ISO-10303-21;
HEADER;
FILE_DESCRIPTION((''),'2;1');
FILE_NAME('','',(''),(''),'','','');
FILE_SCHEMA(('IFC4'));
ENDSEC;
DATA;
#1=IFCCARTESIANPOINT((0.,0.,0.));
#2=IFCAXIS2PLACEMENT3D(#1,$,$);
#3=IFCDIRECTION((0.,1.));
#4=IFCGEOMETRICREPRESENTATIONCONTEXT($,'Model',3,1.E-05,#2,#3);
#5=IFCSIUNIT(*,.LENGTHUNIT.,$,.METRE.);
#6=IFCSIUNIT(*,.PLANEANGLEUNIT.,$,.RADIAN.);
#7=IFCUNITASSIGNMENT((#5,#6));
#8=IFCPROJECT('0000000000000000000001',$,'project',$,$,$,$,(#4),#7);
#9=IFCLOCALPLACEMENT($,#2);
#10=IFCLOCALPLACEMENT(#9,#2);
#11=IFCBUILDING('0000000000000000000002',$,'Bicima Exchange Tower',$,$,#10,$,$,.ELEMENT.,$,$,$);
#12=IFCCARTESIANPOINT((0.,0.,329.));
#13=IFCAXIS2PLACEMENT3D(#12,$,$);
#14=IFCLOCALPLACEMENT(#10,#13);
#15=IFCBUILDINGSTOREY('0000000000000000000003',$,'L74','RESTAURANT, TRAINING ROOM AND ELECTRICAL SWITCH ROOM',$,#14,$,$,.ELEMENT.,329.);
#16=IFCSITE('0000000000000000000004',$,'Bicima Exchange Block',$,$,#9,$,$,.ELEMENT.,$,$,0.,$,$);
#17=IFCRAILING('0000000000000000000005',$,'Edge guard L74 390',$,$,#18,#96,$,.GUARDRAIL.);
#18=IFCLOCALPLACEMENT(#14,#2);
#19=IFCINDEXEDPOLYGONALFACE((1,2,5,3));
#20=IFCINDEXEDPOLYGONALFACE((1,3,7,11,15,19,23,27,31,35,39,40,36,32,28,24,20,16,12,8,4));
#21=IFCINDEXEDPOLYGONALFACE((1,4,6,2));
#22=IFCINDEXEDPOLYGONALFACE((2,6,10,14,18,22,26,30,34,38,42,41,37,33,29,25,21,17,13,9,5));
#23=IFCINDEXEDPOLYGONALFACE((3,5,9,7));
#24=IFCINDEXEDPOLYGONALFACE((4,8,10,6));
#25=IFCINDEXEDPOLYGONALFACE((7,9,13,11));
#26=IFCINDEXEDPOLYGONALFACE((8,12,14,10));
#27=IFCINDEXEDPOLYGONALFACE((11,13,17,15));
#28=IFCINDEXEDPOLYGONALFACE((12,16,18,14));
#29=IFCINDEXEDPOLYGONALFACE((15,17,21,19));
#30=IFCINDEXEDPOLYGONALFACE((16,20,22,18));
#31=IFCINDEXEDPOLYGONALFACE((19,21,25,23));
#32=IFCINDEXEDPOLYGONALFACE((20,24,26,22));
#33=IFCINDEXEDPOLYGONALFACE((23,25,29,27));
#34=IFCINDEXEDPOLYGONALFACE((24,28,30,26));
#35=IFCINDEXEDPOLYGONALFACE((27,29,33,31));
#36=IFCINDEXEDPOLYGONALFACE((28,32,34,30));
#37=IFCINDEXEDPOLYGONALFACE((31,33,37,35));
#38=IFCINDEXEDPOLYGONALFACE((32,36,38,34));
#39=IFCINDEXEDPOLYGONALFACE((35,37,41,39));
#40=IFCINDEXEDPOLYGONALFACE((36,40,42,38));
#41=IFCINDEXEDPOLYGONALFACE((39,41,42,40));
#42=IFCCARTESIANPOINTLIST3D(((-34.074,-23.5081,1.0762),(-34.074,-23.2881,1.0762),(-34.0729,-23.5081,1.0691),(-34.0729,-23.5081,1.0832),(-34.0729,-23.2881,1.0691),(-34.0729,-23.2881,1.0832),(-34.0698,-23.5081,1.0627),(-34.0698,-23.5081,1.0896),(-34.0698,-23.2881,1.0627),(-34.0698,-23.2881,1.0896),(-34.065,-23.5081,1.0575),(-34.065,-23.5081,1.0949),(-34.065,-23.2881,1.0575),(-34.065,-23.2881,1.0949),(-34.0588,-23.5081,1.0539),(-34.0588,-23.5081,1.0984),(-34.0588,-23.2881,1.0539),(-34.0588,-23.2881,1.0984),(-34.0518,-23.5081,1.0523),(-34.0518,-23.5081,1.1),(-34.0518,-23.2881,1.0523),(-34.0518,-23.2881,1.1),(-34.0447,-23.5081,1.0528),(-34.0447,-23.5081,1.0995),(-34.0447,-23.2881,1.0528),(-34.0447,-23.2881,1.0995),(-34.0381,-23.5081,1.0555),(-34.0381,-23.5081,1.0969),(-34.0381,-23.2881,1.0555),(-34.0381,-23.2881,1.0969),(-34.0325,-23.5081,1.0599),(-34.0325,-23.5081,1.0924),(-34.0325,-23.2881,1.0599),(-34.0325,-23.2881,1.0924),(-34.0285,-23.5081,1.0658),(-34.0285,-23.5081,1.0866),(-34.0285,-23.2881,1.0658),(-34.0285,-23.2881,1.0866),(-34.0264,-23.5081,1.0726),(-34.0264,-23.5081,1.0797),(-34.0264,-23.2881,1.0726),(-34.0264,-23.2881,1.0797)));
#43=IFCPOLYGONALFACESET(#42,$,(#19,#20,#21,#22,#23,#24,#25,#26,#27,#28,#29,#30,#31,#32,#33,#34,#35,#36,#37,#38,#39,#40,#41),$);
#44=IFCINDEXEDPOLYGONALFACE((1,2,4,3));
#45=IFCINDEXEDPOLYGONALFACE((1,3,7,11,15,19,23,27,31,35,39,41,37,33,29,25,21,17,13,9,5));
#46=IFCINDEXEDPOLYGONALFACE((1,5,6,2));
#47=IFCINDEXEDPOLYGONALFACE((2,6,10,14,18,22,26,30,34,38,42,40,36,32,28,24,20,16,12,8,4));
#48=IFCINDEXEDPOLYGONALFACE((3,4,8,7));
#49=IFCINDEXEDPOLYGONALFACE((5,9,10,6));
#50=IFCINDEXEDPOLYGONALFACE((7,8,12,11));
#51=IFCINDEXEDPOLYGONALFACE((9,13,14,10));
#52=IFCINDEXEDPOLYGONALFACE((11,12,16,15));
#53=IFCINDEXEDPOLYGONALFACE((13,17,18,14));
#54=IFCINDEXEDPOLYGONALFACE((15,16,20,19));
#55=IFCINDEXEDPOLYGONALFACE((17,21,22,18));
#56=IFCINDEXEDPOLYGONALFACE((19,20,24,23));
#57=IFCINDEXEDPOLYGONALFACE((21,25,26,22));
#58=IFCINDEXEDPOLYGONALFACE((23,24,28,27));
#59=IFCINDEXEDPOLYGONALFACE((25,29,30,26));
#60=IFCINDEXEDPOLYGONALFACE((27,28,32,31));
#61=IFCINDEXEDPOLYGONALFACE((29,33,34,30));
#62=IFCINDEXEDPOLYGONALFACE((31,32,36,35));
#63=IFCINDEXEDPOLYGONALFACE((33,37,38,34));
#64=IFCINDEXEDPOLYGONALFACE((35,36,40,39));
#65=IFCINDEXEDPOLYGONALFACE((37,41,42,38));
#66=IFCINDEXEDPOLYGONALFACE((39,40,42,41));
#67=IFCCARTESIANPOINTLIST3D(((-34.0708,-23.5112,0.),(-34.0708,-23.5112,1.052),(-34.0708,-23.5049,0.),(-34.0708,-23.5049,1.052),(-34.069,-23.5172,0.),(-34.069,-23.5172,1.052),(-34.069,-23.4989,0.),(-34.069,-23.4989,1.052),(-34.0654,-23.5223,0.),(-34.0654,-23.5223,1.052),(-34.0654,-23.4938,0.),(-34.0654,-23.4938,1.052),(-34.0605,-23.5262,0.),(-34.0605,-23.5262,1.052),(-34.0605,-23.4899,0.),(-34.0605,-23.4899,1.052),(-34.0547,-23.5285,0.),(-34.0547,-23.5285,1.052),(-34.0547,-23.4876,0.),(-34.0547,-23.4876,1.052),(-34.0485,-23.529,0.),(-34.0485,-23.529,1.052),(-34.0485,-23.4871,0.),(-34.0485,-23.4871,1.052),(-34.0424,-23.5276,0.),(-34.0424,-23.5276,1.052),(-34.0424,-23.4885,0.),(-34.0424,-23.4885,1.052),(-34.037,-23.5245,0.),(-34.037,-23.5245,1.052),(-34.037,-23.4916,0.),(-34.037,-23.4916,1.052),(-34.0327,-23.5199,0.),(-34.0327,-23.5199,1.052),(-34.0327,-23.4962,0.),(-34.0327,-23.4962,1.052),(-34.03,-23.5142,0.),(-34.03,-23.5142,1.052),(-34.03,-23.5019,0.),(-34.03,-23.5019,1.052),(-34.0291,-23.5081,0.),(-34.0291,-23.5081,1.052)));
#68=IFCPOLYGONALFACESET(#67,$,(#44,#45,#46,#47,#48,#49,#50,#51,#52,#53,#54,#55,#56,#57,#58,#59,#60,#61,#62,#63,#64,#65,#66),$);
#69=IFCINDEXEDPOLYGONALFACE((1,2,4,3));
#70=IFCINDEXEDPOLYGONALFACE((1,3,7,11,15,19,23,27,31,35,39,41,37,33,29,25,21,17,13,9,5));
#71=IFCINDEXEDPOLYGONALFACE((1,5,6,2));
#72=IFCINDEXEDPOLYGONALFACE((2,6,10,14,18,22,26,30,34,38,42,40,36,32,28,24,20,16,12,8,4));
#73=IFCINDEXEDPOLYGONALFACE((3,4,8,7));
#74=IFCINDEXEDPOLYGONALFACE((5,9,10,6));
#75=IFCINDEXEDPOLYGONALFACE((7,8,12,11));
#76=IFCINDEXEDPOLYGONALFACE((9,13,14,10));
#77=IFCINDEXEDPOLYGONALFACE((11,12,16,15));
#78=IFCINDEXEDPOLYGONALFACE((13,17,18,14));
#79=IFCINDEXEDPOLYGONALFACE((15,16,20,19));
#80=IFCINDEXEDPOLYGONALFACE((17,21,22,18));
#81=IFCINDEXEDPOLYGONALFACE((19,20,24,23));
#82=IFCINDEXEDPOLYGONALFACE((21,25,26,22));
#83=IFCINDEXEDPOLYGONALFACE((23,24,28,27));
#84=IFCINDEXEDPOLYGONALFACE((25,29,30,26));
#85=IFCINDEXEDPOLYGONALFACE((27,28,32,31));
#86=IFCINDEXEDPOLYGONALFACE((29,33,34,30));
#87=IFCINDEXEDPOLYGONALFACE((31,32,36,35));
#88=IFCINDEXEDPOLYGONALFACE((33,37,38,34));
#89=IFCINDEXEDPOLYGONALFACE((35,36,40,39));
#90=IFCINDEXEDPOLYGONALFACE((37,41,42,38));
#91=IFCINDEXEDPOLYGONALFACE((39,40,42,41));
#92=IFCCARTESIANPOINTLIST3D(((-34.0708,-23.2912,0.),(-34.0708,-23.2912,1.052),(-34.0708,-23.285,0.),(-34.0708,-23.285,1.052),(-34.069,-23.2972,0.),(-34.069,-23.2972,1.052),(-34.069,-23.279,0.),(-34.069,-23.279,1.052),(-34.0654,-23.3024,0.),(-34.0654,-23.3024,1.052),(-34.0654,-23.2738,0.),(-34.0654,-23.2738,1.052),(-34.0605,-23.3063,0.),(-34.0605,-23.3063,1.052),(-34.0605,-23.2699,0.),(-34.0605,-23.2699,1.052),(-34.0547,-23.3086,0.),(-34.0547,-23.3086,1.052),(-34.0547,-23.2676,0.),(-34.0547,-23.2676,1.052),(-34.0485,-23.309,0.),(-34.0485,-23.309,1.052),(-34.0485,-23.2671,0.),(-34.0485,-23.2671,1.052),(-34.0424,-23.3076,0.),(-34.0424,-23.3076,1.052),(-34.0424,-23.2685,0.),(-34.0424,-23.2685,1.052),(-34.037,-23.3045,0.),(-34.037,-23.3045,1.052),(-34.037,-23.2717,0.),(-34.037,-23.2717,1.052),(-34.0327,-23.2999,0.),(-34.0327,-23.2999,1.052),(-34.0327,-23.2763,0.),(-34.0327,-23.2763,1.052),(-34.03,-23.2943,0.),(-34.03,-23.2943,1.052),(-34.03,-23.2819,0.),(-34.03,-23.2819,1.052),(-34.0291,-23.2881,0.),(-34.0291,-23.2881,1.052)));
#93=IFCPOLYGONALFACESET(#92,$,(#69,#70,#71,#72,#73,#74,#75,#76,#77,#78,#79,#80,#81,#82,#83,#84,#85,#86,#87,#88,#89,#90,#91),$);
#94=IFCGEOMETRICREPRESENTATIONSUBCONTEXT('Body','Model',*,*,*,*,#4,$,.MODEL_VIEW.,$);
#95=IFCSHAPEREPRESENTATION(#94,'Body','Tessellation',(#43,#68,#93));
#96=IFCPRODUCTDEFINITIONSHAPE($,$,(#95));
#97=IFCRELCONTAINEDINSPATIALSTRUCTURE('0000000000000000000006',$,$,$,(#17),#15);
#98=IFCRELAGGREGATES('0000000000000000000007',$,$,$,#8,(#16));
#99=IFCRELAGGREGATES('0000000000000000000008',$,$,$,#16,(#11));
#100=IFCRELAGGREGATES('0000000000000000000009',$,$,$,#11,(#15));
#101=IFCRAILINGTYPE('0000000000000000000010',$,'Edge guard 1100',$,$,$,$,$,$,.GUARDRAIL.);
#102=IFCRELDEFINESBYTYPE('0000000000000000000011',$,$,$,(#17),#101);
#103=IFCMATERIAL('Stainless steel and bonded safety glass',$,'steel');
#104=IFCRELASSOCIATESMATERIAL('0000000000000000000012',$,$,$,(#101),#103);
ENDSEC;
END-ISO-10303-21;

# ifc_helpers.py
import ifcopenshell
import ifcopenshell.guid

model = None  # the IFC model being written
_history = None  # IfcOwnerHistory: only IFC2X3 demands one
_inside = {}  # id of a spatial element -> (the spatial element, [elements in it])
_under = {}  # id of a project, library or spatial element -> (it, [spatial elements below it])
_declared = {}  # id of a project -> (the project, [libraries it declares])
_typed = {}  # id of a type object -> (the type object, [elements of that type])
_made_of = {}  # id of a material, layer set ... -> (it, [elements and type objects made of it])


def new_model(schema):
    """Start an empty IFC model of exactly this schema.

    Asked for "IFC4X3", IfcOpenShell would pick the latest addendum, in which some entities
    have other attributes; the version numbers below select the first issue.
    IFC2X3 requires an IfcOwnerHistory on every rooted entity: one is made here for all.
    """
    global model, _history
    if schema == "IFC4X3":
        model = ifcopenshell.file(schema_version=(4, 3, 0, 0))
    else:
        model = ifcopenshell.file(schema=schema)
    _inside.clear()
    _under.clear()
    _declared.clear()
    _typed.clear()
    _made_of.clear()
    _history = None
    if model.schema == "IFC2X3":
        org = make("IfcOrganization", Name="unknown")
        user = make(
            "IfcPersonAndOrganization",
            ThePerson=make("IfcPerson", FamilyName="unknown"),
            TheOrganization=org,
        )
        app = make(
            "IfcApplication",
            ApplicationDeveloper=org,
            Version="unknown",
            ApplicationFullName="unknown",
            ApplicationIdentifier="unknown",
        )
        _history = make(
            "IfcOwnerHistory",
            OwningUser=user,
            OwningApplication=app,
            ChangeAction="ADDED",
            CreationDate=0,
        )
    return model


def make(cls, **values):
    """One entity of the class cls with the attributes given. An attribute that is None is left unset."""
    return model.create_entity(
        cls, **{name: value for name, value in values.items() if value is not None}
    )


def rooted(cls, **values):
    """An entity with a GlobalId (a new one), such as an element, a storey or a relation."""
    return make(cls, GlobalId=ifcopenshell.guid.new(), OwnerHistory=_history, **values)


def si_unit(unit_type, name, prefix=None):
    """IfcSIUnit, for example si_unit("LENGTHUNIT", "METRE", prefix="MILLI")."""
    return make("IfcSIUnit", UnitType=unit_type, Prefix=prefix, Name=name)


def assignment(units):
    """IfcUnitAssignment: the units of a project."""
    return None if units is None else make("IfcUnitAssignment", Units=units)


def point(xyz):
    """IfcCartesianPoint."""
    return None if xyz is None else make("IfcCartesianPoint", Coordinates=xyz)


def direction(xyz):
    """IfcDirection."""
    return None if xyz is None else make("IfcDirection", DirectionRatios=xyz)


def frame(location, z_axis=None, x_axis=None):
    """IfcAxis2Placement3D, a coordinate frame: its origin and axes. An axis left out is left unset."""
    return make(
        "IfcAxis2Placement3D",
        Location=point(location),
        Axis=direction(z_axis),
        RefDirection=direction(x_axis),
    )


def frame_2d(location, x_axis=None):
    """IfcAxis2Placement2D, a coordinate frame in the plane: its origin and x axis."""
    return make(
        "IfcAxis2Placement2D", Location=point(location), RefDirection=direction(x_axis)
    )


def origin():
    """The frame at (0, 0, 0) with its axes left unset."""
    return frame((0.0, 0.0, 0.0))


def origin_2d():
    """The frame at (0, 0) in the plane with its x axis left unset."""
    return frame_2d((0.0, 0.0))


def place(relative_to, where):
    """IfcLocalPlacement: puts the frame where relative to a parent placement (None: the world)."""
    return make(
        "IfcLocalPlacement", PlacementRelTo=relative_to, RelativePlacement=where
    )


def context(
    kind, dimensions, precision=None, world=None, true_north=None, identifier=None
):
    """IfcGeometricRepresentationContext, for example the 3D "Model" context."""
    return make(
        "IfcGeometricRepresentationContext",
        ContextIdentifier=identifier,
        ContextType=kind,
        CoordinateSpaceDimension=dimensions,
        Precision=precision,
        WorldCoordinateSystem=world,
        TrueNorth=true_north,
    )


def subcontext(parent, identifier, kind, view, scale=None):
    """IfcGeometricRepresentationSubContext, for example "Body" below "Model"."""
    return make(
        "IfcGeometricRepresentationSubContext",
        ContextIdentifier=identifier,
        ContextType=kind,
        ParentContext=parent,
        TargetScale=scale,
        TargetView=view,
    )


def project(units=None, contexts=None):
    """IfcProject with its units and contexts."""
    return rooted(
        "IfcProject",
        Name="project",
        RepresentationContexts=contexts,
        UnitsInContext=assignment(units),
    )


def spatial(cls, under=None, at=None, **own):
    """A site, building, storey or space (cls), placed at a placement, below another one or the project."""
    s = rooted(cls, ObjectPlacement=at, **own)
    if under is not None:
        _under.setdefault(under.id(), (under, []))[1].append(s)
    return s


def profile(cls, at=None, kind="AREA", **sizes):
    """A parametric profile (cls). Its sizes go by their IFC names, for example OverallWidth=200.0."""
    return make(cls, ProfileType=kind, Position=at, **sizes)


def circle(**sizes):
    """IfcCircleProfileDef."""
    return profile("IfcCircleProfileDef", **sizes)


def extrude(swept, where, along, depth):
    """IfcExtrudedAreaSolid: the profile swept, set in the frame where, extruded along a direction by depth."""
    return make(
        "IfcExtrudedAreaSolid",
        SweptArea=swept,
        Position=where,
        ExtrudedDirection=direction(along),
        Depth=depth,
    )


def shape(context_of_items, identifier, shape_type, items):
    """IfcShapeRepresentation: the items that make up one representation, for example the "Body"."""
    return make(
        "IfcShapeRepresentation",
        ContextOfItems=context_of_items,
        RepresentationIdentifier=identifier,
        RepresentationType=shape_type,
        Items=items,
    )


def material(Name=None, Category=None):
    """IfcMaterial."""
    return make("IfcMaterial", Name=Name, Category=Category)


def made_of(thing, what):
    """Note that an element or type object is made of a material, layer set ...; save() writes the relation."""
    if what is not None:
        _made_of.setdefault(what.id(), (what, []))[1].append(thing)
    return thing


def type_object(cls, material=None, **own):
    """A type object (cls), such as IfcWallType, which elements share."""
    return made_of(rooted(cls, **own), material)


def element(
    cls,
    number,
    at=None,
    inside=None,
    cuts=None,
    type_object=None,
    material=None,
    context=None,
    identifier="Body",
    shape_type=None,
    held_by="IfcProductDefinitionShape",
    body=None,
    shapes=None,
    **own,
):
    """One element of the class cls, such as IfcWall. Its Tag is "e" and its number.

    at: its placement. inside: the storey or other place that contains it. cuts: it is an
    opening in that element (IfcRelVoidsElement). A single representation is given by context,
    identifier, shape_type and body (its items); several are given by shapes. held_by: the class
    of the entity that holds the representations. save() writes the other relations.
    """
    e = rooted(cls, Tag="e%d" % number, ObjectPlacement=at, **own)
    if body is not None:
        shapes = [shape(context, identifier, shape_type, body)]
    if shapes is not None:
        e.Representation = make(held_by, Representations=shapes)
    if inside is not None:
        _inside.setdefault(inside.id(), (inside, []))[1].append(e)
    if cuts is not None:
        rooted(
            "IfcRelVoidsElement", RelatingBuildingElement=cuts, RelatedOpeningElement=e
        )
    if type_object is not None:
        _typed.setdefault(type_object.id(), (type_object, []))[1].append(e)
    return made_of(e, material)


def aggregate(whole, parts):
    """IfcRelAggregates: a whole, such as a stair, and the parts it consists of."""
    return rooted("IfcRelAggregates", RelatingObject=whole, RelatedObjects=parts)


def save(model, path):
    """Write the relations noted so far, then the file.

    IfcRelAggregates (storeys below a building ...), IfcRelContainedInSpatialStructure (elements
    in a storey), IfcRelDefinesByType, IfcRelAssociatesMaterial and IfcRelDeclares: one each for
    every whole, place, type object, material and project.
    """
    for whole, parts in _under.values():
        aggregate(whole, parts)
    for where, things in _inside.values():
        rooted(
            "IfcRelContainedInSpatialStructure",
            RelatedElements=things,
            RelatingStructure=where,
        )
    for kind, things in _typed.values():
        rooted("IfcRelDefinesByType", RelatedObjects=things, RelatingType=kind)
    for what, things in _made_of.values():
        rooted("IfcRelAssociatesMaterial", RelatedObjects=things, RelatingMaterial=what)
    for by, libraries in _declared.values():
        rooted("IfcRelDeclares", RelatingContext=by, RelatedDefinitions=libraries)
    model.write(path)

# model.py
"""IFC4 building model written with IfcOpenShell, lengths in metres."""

from ifc_helpers import new_model, si_unit, direction, frame, origin, origin_2d, place, context, subcontext, project, spatial, circle, extrude, material, type_object, element, save


model = new_model("IFC4")

# Units and contexts
model_context = context("Model", 3, precision=1e-05, world=origin(), true_north=direction((0.0, 1.0)))
body_context = subcontext(model_context, "Body", "Model", "MODEL_VIEW")
ifc_project = project(units=[si_unit("LENGTHUNIT", "METRE"), si_unit("PLANEANGLEUNIT", "RADIAN")], contexts=[model_context])

# Site, building, storey
site_placement = place(None, origin())
site = spatial("IfcSite", under=ifc_project, at=site_placement, Name="Bicima Exchange Block", CompositionType="ELEMENT", RefElevation=0.0)
building_placement = place(site_placement, origin())
building = spatial("IfcBuilding", under=site, at=building_placement, Name="Bicima Exchange Tower", CompositionType="ELEMENT")
storey_placement = place(building_placement, frame((0.0, 0.0, 329.0)))
storey = spatial("IfcBuildingStorey", under=building, at=storey_placement, Name="L74", Description="RESTAURANT, TRAINING ROOM AND ELECTRICAL SWITCH ROOM", CompositionType="ELEMENT", Elevation=329.0)

# Railing
ifc_material_1 = material(Name="Stainless steel and bonded safety glass", Category="steel")
railing_type = type_object("IfcRailingType", Name="Edge guard 1100", PredefinedType="GUARDRAIL", material=ifc_material_1)
railing_1_placement = place(storey_placement, frame((-34.05, -23.5081, 0.0)))
element("IfcRailing", 1, at=railing_1_placement, inside=storey, type_object=railing_type, Name="Edge guard L74 390", PredefinedType="GUARDRAIL", context=body_context, shape_type="SweptSolid", body=[
    extrude(circle(Radius=0.0239, at=origin_2d()), frame((0.0, 0.0, 1.0762), z_axis=(0.0, 1.0, 0.0), x_axis=(-1.0, 0.0, 0.0)), (0.0, 0.0, 1.0), 0.22),
    extrude(circle(Radius=0.021, at=origin_2d()), origin(), (0.0, 0.0, 1.0), 1.052),
    extrude(circle(Radius=0.021, at=origin_2d()), frame((0.0, 0.22, 0.0)), (0.0, 0.0, 1.0), 1.052),
])

save(model, "model.ifc")
